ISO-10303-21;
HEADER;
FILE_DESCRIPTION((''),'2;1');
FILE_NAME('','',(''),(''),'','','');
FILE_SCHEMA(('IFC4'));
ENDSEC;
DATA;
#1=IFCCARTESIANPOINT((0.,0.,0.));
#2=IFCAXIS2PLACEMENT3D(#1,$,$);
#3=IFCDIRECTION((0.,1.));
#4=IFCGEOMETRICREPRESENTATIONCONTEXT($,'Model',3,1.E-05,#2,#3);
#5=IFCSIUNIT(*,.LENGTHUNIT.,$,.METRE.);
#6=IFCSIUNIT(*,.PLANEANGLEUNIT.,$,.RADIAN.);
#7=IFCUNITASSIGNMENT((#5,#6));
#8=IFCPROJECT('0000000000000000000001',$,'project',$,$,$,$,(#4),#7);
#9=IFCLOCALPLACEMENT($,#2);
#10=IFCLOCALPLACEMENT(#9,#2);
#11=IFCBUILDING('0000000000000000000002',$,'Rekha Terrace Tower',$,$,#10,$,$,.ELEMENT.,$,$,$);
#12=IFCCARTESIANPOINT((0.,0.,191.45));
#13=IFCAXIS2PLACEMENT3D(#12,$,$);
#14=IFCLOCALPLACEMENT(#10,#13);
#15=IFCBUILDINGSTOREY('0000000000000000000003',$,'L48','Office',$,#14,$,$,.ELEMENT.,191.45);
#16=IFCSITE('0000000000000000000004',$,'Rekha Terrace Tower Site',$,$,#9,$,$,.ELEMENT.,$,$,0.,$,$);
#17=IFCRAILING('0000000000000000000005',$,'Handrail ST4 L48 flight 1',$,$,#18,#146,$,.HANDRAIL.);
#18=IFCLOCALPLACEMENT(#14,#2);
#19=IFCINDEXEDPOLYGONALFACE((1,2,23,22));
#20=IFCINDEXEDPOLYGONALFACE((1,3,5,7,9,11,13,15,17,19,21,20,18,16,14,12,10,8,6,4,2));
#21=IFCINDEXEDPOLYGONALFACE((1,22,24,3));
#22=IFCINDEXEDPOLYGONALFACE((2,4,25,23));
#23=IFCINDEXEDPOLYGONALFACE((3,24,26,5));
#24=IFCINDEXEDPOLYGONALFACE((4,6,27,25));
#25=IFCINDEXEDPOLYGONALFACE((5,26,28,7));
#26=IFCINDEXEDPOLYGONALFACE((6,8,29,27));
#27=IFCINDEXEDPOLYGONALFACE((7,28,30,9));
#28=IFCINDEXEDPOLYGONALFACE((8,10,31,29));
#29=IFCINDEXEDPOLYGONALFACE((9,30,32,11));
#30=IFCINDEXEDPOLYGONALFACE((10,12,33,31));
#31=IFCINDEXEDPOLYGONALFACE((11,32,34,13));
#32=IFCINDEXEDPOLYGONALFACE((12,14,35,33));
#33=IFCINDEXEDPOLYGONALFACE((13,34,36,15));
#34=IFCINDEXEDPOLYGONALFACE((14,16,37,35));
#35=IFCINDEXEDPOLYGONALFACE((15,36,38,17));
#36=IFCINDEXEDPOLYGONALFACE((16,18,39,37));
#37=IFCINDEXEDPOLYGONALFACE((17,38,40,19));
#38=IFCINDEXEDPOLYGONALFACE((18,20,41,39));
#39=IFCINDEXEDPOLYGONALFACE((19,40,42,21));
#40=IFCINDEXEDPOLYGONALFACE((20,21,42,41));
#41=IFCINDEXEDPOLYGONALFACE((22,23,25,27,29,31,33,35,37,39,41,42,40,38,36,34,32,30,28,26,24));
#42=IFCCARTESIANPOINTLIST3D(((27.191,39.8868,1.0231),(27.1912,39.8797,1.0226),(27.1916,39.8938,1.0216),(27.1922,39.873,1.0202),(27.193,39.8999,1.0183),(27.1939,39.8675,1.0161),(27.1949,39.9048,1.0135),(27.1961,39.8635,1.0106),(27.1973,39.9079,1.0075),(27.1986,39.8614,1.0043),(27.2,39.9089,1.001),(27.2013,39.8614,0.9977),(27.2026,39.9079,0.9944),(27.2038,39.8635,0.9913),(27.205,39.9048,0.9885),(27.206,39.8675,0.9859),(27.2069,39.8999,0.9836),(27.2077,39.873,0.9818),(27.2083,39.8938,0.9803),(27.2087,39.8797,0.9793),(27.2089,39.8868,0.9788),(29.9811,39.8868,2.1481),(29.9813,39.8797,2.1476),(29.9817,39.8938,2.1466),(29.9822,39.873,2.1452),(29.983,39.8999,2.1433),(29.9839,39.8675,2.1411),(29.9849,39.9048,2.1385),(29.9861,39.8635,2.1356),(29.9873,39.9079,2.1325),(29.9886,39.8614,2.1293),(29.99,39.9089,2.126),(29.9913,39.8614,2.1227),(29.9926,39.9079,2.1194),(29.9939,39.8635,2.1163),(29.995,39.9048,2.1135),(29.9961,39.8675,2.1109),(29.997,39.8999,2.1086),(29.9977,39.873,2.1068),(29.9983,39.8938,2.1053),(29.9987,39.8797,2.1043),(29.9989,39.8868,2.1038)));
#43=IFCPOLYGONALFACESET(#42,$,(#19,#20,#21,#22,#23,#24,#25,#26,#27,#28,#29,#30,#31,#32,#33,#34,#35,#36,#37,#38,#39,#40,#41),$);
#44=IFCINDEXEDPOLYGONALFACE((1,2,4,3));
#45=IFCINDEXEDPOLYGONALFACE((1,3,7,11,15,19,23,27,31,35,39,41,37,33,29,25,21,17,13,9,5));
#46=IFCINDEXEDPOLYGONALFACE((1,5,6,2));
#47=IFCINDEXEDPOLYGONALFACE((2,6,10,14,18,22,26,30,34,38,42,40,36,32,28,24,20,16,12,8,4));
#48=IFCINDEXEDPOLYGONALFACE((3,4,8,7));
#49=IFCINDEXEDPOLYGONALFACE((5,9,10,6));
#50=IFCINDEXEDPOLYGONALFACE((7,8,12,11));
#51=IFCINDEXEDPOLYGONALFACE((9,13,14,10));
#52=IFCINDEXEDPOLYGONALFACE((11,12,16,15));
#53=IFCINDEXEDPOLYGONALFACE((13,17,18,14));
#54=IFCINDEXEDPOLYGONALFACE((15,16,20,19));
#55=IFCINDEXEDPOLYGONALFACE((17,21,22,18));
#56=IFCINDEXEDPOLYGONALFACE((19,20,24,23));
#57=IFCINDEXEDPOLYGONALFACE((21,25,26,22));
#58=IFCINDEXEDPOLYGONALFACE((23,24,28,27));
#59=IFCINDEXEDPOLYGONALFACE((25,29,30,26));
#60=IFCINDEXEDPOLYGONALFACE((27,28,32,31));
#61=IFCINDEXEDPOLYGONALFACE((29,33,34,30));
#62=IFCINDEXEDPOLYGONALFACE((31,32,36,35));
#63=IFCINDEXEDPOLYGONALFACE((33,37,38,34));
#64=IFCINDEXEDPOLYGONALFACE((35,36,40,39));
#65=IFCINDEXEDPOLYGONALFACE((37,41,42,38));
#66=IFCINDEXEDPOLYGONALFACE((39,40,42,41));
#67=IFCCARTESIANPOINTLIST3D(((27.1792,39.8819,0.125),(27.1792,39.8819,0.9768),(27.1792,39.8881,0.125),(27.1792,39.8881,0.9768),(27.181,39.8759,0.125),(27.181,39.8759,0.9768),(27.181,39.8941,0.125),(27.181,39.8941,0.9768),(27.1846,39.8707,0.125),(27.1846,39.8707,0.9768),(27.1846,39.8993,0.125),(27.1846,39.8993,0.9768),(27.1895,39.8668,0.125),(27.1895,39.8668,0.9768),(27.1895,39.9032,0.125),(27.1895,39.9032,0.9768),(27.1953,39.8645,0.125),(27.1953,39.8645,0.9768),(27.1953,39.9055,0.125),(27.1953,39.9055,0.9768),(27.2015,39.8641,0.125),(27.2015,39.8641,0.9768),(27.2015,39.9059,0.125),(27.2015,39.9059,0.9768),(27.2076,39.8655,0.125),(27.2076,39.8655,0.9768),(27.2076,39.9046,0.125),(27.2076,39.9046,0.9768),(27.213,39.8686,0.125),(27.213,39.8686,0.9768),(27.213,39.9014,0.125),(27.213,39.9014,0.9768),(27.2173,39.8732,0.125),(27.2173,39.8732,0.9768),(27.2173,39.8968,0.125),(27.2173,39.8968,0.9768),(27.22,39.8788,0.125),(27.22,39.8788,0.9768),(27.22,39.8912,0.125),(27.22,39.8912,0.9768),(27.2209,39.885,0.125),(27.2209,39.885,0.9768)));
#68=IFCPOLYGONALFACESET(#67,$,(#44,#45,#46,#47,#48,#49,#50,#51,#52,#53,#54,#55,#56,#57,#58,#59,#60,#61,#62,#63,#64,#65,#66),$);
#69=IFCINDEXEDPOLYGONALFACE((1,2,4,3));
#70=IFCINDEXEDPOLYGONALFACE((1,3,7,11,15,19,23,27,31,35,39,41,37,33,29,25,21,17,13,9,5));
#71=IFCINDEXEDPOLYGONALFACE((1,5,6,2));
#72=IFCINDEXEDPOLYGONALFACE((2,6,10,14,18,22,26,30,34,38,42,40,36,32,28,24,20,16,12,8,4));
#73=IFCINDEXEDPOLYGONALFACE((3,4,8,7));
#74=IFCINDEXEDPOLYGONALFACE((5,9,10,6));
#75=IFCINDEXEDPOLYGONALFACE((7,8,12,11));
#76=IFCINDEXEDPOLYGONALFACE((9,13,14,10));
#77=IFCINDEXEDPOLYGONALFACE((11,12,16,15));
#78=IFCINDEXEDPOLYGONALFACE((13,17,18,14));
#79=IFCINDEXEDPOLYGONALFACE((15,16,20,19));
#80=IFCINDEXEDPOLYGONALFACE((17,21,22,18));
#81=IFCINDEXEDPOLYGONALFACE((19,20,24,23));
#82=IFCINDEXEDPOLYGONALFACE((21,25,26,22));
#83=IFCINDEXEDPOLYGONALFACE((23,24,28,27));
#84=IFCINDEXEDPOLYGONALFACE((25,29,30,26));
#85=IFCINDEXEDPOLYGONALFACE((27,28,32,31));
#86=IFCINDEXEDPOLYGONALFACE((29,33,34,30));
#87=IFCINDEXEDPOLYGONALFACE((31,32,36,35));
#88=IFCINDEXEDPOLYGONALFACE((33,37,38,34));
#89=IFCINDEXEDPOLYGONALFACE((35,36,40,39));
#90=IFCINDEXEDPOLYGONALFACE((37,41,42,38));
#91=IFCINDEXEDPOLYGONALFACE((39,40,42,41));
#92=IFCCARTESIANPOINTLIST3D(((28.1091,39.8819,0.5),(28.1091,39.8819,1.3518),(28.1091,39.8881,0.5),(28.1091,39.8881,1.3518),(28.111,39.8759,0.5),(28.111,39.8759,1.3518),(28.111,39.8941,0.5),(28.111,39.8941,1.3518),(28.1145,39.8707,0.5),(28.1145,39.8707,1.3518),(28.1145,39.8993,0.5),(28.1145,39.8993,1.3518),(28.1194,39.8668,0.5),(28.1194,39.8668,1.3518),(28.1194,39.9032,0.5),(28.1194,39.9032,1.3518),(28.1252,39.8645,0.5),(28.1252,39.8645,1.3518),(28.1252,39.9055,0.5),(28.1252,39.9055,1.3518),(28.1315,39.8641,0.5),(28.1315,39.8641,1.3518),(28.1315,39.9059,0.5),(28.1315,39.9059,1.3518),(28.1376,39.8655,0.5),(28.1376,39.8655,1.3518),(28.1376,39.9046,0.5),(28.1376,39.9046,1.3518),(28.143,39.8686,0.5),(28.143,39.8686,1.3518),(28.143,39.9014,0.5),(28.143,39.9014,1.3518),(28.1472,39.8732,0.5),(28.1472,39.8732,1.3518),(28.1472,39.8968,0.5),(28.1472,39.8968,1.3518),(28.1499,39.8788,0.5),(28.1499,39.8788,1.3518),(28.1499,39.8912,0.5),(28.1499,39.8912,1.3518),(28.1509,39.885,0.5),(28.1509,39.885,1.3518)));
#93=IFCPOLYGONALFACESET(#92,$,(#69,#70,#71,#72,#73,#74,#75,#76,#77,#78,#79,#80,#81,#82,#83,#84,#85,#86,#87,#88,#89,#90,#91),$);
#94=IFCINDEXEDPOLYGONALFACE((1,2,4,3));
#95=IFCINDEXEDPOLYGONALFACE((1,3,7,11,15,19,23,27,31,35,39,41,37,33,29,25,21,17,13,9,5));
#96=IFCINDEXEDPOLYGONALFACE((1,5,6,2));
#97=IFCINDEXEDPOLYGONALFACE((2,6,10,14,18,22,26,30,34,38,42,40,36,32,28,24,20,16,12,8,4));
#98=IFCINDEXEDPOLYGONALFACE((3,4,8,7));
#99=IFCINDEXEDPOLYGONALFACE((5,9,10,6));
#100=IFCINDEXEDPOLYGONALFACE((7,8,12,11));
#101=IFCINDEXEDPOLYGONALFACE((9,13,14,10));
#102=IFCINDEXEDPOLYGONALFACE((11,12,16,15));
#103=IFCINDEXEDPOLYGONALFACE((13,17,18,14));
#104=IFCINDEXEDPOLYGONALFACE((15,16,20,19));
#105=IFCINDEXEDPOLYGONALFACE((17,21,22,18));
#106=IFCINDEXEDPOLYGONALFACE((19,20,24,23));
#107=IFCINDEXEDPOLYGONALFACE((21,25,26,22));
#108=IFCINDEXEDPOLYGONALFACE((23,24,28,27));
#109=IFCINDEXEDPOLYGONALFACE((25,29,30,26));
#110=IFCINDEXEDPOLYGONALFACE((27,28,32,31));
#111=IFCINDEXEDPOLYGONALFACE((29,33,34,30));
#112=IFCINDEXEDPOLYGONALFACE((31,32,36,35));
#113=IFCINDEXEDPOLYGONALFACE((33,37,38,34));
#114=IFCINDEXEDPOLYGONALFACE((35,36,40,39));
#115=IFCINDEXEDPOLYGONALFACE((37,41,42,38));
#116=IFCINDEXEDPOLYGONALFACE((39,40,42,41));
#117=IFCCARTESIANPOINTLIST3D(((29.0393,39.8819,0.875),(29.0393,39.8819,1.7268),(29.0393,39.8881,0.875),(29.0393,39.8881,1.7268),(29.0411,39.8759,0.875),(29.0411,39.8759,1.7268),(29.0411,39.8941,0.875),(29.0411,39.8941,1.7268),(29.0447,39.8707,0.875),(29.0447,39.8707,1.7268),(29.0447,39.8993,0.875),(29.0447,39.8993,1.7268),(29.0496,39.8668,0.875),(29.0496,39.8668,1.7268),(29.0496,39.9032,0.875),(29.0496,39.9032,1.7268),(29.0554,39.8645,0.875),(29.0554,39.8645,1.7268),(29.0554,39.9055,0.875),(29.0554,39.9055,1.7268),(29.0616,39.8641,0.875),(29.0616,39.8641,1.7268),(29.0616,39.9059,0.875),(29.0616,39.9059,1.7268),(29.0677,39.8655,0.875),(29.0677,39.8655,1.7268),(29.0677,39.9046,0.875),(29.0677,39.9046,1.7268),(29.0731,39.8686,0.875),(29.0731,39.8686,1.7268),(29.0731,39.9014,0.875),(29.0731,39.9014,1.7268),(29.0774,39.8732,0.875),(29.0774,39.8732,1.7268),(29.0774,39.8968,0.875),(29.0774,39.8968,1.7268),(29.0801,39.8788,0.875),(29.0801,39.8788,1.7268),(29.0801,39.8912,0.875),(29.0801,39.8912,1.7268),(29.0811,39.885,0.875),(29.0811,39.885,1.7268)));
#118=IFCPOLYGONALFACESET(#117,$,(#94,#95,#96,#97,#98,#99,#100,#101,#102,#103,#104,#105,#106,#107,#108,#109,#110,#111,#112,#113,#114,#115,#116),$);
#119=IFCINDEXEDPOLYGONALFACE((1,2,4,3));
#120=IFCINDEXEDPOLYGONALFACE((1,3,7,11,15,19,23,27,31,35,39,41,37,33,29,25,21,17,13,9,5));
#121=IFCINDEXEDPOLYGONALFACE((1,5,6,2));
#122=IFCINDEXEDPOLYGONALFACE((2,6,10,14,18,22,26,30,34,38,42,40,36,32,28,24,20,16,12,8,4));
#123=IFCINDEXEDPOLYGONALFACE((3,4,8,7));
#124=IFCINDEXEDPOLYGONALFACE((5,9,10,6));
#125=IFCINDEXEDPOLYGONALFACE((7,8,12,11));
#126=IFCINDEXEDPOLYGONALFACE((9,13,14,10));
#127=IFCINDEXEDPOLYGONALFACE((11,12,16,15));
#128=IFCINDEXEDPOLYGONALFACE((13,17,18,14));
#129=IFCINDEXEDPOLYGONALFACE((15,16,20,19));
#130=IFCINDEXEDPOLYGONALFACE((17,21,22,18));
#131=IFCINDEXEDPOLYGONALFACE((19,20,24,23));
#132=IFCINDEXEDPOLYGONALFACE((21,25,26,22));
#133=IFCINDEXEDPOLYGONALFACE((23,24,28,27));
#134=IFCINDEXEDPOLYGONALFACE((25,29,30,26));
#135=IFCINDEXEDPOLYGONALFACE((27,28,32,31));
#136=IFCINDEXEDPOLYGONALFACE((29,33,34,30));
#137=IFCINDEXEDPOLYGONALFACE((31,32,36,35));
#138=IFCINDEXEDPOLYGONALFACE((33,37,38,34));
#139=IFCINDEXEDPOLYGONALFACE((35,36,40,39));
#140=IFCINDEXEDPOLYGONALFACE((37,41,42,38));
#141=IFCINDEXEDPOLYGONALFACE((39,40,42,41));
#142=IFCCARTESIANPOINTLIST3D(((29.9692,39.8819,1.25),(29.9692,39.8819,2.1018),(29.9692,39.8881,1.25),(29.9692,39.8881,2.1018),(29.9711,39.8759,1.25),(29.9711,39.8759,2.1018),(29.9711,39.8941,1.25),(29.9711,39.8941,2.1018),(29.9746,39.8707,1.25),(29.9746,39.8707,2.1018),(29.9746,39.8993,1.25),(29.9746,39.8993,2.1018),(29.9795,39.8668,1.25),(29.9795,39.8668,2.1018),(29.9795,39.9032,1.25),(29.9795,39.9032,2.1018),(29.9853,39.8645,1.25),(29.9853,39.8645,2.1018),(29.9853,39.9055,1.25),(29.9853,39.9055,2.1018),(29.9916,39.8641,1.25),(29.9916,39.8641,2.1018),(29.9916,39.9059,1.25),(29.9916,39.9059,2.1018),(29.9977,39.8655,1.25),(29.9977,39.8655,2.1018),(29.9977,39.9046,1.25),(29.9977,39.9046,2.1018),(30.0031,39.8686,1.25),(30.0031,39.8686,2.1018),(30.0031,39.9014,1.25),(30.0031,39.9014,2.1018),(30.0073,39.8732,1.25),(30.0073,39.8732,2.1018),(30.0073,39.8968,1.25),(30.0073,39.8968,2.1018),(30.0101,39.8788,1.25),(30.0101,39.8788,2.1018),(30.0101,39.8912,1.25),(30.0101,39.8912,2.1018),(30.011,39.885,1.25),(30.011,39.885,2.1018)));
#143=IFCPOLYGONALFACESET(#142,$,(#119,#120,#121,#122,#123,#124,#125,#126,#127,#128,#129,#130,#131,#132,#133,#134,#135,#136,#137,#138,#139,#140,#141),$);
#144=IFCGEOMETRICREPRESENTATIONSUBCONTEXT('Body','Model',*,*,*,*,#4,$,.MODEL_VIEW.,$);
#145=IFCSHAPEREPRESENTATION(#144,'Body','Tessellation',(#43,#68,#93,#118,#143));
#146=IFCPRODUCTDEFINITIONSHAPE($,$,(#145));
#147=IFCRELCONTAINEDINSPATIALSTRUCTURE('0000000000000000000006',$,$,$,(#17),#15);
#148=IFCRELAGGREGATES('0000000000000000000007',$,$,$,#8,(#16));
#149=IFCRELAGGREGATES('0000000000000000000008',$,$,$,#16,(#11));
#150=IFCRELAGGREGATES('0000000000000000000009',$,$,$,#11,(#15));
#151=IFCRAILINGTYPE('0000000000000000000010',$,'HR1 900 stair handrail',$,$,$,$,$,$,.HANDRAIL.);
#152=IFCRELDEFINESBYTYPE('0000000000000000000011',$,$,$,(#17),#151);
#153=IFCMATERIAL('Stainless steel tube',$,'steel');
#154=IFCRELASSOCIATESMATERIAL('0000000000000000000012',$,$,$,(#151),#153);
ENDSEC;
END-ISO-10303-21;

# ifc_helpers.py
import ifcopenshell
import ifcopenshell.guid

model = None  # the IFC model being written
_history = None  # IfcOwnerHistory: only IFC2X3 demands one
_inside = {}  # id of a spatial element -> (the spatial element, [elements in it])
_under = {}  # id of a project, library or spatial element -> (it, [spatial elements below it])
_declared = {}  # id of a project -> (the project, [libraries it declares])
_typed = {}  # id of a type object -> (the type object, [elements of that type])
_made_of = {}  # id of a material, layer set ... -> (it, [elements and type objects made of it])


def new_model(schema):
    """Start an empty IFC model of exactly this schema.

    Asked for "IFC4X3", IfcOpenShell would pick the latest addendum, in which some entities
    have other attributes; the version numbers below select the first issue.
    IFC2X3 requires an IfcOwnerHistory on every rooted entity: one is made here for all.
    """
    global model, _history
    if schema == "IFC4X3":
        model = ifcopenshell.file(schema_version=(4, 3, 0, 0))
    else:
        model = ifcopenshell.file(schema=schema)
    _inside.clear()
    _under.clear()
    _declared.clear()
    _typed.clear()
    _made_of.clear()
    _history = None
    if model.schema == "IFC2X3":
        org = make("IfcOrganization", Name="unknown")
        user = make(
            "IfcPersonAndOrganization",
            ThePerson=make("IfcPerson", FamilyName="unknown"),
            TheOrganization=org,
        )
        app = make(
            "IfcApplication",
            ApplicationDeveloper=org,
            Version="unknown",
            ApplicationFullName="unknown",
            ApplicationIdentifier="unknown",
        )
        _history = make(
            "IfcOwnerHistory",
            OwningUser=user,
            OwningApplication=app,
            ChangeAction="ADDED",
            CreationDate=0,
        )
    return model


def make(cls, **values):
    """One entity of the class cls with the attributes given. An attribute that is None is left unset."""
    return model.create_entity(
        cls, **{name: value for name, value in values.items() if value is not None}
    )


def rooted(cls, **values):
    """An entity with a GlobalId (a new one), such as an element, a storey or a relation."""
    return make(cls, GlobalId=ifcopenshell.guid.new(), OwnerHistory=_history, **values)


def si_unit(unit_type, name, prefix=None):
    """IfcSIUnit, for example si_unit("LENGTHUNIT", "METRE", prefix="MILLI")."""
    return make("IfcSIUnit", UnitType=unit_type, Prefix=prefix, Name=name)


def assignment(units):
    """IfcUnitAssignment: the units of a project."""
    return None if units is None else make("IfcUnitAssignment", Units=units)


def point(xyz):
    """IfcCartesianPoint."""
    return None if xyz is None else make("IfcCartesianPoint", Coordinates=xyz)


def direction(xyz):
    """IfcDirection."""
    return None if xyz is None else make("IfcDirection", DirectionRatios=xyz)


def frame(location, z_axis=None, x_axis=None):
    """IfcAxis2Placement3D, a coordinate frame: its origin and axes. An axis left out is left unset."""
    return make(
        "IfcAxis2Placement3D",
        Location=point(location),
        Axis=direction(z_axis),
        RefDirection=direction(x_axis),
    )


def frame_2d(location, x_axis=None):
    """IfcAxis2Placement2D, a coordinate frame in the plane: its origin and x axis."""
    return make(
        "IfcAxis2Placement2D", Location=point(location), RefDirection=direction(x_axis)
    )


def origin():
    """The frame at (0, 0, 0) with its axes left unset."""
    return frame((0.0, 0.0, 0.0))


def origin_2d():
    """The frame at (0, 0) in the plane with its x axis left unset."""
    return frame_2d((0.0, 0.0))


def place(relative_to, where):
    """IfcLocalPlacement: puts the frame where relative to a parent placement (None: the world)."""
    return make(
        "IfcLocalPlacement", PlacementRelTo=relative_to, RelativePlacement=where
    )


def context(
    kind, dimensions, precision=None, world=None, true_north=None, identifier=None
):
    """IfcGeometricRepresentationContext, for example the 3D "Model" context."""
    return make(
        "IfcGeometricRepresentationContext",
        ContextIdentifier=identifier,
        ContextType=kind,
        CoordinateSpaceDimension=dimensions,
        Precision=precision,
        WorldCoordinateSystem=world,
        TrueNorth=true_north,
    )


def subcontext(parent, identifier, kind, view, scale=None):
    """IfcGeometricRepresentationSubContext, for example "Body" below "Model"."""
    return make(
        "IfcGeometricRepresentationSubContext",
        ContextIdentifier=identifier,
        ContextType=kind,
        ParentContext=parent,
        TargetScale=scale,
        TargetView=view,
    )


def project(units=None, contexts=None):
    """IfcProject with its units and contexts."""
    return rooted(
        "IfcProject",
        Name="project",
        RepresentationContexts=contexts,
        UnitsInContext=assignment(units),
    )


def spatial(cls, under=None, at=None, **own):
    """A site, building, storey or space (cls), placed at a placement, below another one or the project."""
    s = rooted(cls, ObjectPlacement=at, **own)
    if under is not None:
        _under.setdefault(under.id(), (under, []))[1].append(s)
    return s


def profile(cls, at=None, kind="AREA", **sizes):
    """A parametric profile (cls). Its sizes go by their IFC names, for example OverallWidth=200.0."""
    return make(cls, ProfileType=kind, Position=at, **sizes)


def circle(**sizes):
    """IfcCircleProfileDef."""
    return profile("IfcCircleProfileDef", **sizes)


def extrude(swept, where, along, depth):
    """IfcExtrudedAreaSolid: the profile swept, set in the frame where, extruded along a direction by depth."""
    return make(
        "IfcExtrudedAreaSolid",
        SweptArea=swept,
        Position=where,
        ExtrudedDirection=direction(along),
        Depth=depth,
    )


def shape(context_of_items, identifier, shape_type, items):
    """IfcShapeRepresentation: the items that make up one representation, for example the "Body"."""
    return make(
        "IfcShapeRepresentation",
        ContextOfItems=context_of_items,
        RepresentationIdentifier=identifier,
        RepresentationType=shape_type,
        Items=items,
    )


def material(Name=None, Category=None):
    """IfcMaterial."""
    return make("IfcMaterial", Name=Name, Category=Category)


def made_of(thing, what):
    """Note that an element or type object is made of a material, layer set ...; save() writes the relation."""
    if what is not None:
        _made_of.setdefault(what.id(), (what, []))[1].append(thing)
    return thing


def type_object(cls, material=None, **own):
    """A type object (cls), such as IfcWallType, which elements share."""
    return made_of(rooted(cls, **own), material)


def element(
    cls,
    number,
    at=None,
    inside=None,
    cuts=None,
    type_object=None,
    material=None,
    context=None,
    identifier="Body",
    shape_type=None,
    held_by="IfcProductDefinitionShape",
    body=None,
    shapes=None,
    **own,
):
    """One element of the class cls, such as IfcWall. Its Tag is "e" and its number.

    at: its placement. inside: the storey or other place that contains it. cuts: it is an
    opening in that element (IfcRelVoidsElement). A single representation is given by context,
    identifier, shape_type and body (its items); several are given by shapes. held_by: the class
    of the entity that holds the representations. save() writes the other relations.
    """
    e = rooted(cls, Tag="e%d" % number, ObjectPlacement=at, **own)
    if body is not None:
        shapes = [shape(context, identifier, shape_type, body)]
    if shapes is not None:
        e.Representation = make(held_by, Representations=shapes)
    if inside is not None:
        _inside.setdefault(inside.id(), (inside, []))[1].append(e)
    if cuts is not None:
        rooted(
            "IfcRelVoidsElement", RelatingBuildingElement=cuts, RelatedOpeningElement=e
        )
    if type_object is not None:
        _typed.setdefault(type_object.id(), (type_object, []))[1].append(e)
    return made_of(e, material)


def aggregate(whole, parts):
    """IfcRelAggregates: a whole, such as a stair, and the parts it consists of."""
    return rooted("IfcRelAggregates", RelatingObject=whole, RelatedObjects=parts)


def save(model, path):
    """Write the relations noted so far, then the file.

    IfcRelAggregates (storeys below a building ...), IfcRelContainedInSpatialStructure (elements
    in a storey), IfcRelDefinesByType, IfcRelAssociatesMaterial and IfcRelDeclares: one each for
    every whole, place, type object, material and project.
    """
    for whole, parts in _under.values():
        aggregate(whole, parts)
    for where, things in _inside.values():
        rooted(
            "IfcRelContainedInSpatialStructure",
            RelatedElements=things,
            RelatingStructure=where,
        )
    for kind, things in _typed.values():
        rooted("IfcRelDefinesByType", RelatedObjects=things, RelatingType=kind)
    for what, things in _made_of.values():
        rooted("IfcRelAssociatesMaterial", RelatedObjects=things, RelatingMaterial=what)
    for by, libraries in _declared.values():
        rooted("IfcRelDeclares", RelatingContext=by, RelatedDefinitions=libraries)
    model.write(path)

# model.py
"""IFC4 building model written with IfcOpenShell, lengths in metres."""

from ifc_helpers import new_model, si_unit, direction, frame, origin, origin_2d, place, context, subcontext, project, spatial, circle, extrude, material, type_object, element, save


model = new_model("IFC4")

# Units and contexts
model_context = context("Model", 3, precision=1e-05, world=origin(), true_north=direction((0.0, 1.0)))
body_context = subcontext(model_context, "Body", "Model", "MODEL_VIEW")
ifc_project = project(units=[si_unit("LENGTHUNIT", "METRE"), si_unit("PLANEANGLEUNIT", "RADIAN")], contexts=[model_context])

# Site, building, storey
site_placement = place(None, origin())
site = spatial("IfcSite", under=ifc_project, at=site_placement, Name="Rekha Terrace Tower Site", CompositionType="ELEMENT", RefElevation=0.0)
building_placement = place(site_placement, origin())
building = spatial("IfcBuilding", under=site, at=building_placement, Name="Rekha Terrace Tower", CompositionType="ELEMENT")
storey_placement = place(building_placement, frame((0.0, 0.0, 191.45)))
storey = spatial("IfcBuildingStorey", under=building, at=storey_placement, Name="L48", Description="Office", CompositionType="ELEMENT", Elevation=191.45)

# Railing
ifc_material_1 = material(Name="Stainless steel tube", Category="steel")
railing_type_1 = type_object("IfcRailingType", Name="HR1 900 stair handrail", PredefinedType="HANDRAIL", material=ifc_material_1)
railing_1_placement = place(storey_placement, frame((27.2, 39.885, 0.125)))
element("IfcRailing", 1, at=railing_1_placement, inside=storey, type_object=railing_type_1, Name="Handrail ST4 L48 flight 1", PredefinedType="HANDRAIL", context=body_context, shape_type="SweptSolid", body=[
    extrude(circle(Radius=0.0239, at=origin_2d()), frame((0.0, 0.0, 0.876), z_axis=(0.927443, 0.0, 0.373964), x_axis=(0.0, 1.0, 0.0)), (0.0, 0.0, 1.0), 3.0083),
    extrude(circle(Radius=0.021, at=origin_2d()), origin(), (0.0, 0.0, 1.0), 0.8518),
    extrude(circle(Radius=0.021, at=origin_2d()), frame((0.9299, 0.0, 0.375)), (0.0, 0.0, 1.0), 0.8518),
    extrude(circle(Radius=0.021, at=origin_2d()), frame((1.8601, 0.0, 0.75)), (0.0, 0.0, 1.0), 0.8518),
    extrude(circle(Radius=0.021, at=origin_2d()), frame((2.79, 0.0, 1.125)), (0.0, 0.0, 1.0), 0.8518),
])

save(model, "model.ifc")
